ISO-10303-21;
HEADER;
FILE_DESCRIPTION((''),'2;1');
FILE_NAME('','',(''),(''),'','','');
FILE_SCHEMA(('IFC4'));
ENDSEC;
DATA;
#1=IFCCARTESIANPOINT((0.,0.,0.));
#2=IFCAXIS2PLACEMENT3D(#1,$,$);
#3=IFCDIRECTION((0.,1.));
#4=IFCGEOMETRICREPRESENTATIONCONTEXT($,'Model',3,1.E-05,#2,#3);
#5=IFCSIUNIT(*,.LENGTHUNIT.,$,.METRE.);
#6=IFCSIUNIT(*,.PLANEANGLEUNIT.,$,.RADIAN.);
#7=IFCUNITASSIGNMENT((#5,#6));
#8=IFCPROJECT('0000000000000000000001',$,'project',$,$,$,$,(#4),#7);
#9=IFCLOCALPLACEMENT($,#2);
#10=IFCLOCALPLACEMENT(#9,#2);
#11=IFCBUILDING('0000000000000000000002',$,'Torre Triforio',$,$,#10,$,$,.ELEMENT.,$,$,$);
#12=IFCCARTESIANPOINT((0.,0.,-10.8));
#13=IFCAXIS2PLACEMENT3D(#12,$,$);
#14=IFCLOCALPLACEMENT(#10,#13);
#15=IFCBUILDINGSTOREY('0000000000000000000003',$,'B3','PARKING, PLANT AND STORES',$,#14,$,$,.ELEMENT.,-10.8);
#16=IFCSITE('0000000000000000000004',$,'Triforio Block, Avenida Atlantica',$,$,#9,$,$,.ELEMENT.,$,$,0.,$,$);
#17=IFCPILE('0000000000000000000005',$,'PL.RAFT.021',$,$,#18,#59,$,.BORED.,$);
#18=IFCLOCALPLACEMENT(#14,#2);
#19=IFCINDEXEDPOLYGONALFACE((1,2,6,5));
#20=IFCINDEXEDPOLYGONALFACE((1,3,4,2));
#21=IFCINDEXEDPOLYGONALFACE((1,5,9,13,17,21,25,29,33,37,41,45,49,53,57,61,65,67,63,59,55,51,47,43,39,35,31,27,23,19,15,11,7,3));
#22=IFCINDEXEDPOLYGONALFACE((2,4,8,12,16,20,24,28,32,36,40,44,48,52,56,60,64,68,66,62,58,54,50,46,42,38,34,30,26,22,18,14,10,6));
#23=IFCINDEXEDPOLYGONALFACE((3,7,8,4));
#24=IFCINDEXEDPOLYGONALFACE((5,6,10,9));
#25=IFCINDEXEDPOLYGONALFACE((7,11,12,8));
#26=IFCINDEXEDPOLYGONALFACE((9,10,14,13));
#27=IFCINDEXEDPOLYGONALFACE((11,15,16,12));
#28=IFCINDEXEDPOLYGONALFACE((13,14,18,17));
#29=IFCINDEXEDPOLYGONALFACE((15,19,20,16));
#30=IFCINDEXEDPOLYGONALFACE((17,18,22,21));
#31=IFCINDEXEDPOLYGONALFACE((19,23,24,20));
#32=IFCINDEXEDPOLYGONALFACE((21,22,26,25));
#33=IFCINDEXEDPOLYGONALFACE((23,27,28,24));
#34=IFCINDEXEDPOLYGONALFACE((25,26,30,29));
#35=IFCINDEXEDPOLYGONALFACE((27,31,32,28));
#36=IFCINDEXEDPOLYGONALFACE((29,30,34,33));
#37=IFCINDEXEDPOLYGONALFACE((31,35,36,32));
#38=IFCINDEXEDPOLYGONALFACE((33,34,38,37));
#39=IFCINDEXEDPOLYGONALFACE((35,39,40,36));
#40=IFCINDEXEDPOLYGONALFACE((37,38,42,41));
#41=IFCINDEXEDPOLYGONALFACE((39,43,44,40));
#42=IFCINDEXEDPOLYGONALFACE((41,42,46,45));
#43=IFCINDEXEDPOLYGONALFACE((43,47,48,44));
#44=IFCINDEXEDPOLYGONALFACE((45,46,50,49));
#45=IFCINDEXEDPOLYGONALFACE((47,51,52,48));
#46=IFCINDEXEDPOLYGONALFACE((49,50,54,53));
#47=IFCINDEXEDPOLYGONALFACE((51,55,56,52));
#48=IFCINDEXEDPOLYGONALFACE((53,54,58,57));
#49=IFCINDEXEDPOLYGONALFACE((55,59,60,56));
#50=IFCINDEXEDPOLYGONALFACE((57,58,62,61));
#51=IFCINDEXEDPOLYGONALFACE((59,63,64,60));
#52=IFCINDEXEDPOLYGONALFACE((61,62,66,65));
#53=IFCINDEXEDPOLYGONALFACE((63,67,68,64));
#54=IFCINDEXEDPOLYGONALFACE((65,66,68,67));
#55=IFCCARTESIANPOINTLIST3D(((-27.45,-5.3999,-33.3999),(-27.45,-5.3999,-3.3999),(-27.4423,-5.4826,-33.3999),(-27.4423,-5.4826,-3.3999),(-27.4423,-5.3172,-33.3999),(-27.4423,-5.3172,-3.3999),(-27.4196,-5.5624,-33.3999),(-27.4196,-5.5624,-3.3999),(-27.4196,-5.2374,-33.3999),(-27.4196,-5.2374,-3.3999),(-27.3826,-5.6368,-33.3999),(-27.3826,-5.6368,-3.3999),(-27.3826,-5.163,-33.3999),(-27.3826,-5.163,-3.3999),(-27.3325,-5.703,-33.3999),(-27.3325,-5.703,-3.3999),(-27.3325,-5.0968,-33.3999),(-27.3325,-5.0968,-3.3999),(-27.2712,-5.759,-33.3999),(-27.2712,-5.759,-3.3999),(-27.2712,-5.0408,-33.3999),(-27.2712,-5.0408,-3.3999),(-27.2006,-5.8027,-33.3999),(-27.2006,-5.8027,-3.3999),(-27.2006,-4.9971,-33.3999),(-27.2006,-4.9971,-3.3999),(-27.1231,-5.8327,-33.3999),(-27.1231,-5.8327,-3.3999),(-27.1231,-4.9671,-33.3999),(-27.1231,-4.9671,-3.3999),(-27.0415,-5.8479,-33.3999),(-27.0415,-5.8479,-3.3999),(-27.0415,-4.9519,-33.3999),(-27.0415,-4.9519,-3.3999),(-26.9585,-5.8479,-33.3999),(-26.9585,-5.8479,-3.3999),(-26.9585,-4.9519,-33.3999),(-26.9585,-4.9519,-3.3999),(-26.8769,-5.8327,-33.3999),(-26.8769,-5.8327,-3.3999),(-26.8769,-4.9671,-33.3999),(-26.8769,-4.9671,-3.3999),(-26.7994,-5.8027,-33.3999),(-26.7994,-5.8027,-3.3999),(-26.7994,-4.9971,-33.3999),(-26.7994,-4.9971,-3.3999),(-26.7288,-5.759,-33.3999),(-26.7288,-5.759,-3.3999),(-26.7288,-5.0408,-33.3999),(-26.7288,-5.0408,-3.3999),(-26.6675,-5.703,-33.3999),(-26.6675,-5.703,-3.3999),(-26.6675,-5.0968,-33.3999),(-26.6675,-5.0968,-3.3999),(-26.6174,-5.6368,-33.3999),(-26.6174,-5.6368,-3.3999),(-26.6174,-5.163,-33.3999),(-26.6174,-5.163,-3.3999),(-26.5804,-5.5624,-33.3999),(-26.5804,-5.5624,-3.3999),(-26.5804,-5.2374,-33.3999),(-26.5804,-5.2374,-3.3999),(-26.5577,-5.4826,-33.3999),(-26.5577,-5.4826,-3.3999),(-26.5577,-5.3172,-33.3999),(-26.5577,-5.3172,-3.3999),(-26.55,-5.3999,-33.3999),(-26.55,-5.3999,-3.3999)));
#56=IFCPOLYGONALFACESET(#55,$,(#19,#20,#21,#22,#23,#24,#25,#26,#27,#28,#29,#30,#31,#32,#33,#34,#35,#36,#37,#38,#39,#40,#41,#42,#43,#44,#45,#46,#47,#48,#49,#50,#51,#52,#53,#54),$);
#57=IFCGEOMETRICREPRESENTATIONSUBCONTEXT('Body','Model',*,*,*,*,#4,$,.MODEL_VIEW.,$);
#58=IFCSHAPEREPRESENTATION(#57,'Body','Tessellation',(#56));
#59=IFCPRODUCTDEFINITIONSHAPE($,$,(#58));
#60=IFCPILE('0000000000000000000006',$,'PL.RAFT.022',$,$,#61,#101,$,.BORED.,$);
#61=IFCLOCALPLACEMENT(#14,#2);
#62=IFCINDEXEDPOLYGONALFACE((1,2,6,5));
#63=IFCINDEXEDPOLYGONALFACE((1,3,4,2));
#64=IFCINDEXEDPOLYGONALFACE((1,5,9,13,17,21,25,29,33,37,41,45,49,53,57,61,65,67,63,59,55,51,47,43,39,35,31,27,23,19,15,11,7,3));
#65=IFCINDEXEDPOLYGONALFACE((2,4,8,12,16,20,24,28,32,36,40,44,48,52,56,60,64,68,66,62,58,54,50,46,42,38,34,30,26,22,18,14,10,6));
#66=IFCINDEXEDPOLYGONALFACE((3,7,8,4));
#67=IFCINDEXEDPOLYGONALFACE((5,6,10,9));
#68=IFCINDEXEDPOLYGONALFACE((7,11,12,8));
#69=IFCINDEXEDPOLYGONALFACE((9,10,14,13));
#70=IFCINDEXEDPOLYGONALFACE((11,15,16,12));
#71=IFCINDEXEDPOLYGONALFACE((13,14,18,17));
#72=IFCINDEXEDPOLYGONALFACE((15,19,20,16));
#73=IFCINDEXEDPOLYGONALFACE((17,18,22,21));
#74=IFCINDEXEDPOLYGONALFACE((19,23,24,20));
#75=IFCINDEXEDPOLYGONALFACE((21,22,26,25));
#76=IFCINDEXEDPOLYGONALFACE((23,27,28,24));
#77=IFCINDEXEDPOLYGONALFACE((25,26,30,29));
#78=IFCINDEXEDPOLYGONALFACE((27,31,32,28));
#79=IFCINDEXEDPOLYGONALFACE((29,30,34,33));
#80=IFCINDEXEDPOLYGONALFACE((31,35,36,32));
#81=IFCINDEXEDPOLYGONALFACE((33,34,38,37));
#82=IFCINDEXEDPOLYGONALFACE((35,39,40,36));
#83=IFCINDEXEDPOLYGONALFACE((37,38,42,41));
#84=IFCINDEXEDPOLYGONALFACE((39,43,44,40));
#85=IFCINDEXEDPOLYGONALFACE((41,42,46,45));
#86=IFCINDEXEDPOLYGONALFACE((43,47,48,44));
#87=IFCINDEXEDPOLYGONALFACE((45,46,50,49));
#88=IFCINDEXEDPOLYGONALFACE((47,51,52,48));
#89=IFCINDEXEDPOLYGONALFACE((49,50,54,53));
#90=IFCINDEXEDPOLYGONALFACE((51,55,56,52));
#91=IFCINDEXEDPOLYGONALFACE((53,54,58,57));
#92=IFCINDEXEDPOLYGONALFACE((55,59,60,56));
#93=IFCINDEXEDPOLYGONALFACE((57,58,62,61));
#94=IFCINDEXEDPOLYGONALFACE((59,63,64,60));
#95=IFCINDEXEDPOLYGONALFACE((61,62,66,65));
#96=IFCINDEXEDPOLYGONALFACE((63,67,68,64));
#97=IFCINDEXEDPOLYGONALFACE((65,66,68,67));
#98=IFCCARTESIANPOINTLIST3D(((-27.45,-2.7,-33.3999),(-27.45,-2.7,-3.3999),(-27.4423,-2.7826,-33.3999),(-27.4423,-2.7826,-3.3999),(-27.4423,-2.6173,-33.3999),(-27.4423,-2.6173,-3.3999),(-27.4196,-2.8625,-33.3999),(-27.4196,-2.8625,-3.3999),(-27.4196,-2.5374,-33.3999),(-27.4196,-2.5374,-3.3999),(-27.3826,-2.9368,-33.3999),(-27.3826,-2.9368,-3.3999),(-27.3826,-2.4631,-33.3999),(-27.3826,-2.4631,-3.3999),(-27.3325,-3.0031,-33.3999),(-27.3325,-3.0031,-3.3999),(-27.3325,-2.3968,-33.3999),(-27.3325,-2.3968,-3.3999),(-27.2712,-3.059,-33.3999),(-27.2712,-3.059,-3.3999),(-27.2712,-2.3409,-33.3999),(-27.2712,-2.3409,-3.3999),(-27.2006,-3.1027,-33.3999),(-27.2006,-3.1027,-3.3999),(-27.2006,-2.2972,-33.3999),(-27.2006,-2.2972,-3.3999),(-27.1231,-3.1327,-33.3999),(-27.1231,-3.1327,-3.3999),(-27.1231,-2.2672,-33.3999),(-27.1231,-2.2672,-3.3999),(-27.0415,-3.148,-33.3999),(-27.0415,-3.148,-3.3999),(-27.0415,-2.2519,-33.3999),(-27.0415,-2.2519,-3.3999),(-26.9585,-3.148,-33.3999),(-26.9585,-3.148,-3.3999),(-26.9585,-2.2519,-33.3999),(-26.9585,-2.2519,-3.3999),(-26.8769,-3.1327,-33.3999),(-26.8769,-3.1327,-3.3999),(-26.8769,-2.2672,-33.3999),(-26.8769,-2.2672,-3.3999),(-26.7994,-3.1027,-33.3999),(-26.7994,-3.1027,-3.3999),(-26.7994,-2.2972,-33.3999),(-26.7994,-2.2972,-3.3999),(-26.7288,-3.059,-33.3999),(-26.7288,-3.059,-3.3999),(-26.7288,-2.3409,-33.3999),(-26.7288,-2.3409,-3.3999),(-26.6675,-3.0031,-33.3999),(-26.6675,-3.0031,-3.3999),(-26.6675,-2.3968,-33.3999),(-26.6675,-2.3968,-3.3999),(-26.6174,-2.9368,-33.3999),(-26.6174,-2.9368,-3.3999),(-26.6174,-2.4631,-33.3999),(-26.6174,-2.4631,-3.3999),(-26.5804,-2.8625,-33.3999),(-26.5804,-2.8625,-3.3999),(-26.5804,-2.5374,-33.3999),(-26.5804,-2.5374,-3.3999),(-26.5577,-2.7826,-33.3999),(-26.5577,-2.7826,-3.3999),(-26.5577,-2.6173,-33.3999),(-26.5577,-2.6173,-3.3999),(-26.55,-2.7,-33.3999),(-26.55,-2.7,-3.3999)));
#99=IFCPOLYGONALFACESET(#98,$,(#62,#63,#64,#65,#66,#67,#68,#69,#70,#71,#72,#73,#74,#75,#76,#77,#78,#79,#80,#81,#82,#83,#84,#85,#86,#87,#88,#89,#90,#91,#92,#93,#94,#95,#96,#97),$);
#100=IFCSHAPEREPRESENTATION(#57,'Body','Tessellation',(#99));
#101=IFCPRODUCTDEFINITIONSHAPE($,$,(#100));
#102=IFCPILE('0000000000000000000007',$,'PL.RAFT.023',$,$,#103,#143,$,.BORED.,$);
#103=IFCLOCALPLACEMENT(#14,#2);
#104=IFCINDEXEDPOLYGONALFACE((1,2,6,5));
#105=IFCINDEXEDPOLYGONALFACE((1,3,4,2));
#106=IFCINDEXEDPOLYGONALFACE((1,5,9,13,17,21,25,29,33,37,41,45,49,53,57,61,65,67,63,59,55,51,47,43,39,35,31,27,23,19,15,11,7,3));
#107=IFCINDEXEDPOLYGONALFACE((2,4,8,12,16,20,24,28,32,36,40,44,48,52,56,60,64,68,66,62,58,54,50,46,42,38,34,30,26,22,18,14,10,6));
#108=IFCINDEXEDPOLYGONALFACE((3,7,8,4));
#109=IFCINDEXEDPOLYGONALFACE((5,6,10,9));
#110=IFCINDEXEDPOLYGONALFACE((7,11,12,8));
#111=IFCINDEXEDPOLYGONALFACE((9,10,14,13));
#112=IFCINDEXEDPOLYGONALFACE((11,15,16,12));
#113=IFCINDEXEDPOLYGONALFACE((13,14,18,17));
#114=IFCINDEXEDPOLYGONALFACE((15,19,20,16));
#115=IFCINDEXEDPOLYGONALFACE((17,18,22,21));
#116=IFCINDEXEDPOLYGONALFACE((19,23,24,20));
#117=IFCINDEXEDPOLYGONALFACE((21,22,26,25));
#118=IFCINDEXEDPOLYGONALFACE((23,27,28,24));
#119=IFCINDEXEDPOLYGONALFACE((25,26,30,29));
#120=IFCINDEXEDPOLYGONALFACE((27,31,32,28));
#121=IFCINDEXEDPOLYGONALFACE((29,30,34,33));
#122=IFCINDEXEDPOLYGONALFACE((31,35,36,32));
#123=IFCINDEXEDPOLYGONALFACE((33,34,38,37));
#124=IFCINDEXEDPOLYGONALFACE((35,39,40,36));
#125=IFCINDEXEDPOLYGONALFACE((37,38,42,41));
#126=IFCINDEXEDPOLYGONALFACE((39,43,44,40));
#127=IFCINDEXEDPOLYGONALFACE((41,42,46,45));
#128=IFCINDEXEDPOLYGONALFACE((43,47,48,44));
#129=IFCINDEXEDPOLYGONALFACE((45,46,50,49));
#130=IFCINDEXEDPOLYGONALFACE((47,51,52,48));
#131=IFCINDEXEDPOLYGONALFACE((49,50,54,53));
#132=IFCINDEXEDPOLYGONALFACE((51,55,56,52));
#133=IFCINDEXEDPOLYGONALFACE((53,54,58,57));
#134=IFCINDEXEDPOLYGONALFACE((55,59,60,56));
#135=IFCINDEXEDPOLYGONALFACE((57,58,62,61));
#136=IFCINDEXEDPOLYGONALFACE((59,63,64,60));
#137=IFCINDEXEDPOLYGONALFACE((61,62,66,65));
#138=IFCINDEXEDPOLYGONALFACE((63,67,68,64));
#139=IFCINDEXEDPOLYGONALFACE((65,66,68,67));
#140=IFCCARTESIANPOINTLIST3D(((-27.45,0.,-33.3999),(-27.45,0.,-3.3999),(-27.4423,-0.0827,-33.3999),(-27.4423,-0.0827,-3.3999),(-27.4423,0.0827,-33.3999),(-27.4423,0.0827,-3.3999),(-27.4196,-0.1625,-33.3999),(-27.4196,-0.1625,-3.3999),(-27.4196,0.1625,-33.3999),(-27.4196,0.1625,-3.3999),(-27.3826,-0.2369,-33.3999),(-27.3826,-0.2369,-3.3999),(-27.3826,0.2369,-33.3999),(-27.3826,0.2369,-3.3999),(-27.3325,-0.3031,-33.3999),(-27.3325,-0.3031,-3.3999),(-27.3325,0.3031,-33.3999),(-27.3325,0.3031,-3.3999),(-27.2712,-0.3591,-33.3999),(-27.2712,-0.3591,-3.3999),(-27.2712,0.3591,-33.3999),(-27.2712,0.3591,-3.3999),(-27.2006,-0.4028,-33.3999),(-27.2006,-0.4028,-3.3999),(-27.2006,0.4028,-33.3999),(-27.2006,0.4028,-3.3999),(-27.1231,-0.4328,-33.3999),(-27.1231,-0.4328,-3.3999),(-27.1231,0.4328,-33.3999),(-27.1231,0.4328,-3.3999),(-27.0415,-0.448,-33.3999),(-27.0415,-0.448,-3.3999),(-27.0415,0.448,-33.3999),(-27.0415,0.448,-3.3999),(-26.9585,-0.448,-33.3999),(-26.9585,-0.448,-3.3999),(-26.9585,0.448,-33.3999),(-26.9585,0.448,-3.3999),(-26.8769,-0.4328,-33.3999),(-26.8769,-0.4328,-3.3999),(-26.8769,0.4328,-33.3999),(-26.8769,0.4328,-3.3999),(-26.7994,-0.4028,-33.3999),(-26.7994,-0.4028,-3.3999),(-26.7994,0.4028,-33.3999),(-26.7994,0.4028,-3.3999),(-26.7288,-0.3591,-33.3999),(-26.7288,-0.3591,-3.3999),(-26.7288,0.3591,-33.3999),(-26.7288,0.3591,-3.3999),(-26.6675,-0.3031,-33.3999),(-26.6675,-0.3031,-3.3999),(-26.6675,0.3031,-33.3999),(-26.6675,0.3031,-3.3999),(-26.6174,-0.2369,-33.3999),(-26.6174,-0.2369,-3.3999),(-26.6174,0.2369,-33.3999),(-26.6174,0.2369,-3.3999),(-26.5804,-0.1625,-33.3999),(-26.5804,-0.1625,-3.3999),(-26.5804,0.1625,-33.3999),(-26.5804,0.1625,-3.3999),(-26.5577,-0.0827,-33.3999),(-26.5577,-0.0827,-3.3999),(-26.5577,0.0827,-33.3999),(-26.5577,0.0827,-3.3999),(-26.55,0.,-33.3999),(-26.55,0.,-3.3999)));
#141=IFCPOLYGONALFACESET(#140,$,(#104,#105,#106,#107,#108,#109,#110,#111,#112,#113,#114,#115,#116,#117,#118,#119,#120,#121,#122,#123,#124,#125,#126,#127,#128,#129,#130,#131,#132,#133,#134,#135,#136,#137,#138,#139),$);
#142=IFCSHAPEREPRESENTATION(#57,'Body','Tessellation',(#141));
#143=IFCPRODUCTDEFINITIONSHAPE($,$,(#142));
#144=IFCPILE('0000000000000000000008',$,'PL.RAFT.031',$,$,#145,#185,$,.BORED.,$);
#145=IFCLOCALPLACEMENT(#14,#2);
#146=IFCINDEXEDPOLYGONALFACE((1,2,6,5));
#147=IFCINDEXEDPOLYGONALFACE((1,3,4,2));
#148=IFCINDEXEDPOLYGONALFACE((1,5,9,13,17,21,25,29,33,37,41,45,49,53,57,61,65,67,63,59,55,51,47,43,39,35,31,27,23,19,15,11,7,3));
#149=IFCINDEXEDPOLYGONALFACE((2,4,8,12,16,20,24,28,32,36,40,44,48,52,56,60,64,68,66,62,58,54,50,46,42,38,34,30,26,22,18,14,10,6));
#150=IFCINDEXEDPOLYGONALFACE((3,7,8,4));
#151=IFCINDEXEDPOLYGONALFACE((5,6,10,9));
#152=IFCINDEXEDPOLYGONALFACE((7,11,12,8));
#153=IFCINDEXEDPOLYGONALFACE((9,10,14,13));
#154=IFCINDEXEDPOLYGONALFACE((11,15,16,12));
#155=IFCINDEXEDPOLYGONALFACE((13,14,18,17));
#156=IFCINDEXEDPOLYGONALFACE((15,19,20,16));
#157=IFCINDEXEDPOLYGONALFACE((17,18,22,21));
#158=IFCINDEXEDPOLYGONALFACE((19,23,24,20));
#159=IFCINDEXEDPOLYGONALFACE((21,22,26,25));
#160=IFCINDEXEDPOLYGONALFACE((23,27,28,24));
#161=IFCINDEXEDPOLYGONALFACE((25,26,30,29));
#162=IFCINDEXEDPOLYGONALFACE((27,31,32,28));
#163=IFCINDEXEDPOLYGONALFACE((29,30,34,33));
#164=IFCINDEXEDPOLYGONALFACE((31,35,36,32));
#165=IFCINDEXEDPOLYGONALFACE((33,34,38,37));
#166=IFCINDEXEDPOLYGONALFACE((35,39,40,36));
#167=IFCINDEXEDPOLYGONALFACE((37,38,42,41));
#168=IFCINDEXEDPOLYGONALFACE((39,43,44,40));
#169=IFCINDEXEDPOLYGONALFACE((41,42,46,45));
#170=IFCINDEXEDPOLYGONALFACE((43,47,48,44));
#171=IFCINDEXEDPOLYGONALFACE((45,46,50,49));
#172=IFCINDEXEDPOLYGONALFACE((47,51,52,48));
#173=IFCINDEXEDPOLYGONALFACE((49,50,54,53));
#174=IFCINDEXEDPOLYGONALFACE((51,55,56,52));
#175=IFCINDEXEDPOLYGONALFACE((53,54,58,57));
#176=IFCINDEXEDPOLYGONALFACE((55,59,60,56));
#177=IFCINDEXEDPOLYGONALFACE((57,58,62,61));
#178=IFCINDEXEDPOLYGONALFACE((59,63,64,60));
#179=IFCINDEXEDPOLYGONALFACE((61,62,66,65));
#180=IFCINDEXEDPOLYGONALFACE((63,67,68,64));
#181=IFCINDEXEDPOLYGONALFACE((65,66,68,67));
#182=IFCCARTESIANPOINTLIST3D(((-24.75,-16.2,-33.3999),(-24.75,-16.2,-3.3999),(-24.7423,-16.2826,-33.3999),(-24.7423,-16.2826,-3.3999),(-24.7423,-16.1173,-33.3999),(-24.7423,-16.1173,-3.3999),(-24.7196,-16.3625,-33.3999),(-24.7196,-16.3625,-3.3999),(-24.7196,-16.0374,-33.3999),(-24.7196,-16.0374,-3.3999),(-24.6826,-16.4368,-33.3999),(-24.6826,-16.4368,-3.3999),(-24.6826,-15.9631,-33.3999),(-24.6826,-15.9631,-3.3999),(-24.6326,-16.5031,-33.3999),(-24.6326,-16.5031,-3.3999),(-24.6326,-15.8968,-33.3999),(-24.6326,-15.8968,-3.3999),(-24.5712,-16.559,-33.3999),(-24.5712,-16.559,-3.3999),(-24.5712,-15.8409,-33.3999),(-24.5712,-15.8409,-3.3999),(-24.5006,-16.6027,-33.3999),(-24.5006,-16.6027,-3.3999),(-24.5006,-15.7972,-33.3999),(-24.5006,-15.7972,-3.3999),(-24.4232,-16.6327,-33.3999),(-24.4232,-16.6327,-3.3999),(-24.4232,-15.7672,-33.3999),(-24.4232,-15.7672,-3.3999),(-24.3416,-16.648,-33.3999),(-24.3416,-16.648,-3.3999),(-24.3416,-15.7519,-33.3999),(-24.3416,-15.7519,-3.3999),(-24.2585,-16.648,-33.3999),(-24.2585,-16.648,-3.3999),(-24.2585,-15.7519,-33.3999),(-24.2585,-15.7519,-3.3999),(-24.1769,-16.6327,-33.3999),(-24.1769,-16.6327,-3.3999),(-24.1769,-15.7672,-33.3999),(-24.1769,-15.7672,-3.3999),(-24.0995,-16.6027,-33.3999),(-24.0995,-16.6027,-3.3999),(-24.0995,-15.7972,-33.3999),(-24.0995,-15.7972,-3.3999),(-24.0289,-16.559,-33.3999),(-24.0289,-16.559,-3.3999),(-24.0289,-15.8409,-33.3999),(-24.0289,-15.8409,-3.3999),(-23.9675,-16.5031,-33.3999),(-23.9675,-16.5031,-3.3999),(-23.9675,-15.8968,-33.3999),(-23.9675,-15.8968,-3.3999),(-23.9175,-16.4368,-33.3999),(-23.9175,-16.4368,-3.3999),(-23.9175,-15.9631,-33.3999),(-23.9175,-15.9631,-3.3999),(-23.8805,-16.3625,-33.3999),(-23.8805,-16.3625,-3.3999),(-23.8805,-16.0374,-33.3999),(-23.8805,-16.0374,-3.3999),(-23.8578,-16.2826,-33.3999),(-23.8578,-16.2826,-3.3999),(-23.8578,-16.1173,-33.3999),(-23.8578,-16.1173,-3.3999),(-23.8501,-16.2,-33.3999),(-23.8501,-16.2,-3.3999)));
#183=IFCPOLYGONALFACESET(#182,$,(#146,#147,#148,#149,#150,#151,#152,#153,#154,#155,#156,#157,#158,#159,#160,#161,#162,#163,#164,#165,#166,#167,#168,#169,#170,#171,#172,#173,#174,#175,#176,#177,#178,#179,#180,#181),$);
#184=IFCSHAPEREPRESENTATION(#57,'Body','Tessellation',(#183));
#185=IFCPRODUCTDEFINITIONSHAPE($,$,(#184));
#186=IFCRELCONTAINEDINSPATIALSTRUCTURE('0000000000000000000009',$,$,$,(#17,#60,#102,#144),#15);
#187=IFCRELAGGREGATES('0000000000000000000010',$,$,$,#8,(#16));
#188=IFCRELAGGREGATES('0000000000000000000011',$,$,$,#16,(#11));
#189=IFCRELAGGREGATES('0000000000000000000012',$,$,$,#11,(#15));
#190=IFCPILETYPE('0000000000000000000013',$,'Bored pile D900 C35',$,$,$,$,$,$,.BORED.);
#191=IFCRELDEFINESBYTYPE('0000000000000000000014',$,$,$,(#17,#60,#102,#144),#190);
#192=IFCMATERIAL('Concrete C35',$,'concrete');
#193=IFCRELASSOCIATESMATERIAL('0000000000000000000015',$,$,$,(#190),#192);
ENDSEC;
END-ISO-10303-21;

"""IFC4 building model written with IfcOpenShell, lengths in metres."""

from ifc_helpers import new_model, si_unit, direction, frame, origin, origin_2d, place, context, subcontext, project, spatial, circle, extrude, material, material_profile, profile_set, type_object, element, save


model = new_model("IFC4")

# Units and contexts
model_context = context("Model", 3, precision=1e-05, world=origin(), true_north=direction((0.0, 1.0)))
body_context = subcontext(model_context, "Body", "Model", "MODEL_VIEW")
ifc_project = project(units=[si_unit("LENGTHUNIT", "METRE"), si_unit("PLANEANGLEUNIT", "RADIAN")], contexts=[model_context])

# Site, building, storey
site_placement = place(None, origin())
site = spatial("IfcSite", under=ifc_project, at=site_placement, Name="Triforio Block, Avenida Atlantica", CompositionType="ELEMENT", RefElevation=0.0)
building_placement = place(site_placement, origin())
building = spatial("IfcBuilding", under=site, at=building_placement, Name="Torre Triforio", CompositionType="ELEMENT")
storey_placement = place(building_placement, frame((0.0, 0.0, -10.8)))
storey = spatial("IfcBuildingStorey", under=building, at=storey_placement, Name="B3", Description="PARKING, PLANT AND STORES", CompositionType="ELEMENT", Elevation=-10.8)

# Piles
ifc_material_1 = material(Name="Concrete C35", Category="concrete")
ifc_material_profile_1 = material_profile(ifc_material_1, circle(Radius=0.45, at=origin_2d()), Name="RC D900")
ifc_profile_set_1 = profile_set([ifc_material_profile_1], Name="Concrete C35")
pile_type = type_object("IfcPileType", Name="Bored pile D900 C35", PredefinedType="BORED", material=ifc_profile_set_1)
for number, where, z_axis, x_axis, name in (
    (1, (-27.0, -5.3999, -3.3999), (0.0, 0.0, -1.0), (1.0, 0.0, 0.0), "PL.RAFT.021"),
    (2, (-27.0, -2.7, -3.3999), (0.0, 0.0, -1.0), (1.0, 0.0, 0.0), "PL.RAFT.022"),
    (3, (-27.0, 0.0, -3.3999), (0.0, 0.0, -1.0), (1.0, 0.0, 0.0), "PL.RAFT.023"),
    (4, (-24.3, -16.2, -3.3999), (0.0, 0.0, -1.0), (1.0, 0.0, 0.0), "PL.RAFT.031"),
):
    element("IfcPile", number, at=place(storey_placement, frame(where, z_axis=z_axis, x_axis=x_axis)), inside=storey, type_object=pile_type, Name=name, PredefinedType="BORED", context=body_context, shape_type="SweptSolid", body=[
        extrude(circle(Radius=0.45, at=origin_2d()), origin(), (0.0, 0.0, 1.0), 30.0),
    ])

save(model, "model.ifc")
